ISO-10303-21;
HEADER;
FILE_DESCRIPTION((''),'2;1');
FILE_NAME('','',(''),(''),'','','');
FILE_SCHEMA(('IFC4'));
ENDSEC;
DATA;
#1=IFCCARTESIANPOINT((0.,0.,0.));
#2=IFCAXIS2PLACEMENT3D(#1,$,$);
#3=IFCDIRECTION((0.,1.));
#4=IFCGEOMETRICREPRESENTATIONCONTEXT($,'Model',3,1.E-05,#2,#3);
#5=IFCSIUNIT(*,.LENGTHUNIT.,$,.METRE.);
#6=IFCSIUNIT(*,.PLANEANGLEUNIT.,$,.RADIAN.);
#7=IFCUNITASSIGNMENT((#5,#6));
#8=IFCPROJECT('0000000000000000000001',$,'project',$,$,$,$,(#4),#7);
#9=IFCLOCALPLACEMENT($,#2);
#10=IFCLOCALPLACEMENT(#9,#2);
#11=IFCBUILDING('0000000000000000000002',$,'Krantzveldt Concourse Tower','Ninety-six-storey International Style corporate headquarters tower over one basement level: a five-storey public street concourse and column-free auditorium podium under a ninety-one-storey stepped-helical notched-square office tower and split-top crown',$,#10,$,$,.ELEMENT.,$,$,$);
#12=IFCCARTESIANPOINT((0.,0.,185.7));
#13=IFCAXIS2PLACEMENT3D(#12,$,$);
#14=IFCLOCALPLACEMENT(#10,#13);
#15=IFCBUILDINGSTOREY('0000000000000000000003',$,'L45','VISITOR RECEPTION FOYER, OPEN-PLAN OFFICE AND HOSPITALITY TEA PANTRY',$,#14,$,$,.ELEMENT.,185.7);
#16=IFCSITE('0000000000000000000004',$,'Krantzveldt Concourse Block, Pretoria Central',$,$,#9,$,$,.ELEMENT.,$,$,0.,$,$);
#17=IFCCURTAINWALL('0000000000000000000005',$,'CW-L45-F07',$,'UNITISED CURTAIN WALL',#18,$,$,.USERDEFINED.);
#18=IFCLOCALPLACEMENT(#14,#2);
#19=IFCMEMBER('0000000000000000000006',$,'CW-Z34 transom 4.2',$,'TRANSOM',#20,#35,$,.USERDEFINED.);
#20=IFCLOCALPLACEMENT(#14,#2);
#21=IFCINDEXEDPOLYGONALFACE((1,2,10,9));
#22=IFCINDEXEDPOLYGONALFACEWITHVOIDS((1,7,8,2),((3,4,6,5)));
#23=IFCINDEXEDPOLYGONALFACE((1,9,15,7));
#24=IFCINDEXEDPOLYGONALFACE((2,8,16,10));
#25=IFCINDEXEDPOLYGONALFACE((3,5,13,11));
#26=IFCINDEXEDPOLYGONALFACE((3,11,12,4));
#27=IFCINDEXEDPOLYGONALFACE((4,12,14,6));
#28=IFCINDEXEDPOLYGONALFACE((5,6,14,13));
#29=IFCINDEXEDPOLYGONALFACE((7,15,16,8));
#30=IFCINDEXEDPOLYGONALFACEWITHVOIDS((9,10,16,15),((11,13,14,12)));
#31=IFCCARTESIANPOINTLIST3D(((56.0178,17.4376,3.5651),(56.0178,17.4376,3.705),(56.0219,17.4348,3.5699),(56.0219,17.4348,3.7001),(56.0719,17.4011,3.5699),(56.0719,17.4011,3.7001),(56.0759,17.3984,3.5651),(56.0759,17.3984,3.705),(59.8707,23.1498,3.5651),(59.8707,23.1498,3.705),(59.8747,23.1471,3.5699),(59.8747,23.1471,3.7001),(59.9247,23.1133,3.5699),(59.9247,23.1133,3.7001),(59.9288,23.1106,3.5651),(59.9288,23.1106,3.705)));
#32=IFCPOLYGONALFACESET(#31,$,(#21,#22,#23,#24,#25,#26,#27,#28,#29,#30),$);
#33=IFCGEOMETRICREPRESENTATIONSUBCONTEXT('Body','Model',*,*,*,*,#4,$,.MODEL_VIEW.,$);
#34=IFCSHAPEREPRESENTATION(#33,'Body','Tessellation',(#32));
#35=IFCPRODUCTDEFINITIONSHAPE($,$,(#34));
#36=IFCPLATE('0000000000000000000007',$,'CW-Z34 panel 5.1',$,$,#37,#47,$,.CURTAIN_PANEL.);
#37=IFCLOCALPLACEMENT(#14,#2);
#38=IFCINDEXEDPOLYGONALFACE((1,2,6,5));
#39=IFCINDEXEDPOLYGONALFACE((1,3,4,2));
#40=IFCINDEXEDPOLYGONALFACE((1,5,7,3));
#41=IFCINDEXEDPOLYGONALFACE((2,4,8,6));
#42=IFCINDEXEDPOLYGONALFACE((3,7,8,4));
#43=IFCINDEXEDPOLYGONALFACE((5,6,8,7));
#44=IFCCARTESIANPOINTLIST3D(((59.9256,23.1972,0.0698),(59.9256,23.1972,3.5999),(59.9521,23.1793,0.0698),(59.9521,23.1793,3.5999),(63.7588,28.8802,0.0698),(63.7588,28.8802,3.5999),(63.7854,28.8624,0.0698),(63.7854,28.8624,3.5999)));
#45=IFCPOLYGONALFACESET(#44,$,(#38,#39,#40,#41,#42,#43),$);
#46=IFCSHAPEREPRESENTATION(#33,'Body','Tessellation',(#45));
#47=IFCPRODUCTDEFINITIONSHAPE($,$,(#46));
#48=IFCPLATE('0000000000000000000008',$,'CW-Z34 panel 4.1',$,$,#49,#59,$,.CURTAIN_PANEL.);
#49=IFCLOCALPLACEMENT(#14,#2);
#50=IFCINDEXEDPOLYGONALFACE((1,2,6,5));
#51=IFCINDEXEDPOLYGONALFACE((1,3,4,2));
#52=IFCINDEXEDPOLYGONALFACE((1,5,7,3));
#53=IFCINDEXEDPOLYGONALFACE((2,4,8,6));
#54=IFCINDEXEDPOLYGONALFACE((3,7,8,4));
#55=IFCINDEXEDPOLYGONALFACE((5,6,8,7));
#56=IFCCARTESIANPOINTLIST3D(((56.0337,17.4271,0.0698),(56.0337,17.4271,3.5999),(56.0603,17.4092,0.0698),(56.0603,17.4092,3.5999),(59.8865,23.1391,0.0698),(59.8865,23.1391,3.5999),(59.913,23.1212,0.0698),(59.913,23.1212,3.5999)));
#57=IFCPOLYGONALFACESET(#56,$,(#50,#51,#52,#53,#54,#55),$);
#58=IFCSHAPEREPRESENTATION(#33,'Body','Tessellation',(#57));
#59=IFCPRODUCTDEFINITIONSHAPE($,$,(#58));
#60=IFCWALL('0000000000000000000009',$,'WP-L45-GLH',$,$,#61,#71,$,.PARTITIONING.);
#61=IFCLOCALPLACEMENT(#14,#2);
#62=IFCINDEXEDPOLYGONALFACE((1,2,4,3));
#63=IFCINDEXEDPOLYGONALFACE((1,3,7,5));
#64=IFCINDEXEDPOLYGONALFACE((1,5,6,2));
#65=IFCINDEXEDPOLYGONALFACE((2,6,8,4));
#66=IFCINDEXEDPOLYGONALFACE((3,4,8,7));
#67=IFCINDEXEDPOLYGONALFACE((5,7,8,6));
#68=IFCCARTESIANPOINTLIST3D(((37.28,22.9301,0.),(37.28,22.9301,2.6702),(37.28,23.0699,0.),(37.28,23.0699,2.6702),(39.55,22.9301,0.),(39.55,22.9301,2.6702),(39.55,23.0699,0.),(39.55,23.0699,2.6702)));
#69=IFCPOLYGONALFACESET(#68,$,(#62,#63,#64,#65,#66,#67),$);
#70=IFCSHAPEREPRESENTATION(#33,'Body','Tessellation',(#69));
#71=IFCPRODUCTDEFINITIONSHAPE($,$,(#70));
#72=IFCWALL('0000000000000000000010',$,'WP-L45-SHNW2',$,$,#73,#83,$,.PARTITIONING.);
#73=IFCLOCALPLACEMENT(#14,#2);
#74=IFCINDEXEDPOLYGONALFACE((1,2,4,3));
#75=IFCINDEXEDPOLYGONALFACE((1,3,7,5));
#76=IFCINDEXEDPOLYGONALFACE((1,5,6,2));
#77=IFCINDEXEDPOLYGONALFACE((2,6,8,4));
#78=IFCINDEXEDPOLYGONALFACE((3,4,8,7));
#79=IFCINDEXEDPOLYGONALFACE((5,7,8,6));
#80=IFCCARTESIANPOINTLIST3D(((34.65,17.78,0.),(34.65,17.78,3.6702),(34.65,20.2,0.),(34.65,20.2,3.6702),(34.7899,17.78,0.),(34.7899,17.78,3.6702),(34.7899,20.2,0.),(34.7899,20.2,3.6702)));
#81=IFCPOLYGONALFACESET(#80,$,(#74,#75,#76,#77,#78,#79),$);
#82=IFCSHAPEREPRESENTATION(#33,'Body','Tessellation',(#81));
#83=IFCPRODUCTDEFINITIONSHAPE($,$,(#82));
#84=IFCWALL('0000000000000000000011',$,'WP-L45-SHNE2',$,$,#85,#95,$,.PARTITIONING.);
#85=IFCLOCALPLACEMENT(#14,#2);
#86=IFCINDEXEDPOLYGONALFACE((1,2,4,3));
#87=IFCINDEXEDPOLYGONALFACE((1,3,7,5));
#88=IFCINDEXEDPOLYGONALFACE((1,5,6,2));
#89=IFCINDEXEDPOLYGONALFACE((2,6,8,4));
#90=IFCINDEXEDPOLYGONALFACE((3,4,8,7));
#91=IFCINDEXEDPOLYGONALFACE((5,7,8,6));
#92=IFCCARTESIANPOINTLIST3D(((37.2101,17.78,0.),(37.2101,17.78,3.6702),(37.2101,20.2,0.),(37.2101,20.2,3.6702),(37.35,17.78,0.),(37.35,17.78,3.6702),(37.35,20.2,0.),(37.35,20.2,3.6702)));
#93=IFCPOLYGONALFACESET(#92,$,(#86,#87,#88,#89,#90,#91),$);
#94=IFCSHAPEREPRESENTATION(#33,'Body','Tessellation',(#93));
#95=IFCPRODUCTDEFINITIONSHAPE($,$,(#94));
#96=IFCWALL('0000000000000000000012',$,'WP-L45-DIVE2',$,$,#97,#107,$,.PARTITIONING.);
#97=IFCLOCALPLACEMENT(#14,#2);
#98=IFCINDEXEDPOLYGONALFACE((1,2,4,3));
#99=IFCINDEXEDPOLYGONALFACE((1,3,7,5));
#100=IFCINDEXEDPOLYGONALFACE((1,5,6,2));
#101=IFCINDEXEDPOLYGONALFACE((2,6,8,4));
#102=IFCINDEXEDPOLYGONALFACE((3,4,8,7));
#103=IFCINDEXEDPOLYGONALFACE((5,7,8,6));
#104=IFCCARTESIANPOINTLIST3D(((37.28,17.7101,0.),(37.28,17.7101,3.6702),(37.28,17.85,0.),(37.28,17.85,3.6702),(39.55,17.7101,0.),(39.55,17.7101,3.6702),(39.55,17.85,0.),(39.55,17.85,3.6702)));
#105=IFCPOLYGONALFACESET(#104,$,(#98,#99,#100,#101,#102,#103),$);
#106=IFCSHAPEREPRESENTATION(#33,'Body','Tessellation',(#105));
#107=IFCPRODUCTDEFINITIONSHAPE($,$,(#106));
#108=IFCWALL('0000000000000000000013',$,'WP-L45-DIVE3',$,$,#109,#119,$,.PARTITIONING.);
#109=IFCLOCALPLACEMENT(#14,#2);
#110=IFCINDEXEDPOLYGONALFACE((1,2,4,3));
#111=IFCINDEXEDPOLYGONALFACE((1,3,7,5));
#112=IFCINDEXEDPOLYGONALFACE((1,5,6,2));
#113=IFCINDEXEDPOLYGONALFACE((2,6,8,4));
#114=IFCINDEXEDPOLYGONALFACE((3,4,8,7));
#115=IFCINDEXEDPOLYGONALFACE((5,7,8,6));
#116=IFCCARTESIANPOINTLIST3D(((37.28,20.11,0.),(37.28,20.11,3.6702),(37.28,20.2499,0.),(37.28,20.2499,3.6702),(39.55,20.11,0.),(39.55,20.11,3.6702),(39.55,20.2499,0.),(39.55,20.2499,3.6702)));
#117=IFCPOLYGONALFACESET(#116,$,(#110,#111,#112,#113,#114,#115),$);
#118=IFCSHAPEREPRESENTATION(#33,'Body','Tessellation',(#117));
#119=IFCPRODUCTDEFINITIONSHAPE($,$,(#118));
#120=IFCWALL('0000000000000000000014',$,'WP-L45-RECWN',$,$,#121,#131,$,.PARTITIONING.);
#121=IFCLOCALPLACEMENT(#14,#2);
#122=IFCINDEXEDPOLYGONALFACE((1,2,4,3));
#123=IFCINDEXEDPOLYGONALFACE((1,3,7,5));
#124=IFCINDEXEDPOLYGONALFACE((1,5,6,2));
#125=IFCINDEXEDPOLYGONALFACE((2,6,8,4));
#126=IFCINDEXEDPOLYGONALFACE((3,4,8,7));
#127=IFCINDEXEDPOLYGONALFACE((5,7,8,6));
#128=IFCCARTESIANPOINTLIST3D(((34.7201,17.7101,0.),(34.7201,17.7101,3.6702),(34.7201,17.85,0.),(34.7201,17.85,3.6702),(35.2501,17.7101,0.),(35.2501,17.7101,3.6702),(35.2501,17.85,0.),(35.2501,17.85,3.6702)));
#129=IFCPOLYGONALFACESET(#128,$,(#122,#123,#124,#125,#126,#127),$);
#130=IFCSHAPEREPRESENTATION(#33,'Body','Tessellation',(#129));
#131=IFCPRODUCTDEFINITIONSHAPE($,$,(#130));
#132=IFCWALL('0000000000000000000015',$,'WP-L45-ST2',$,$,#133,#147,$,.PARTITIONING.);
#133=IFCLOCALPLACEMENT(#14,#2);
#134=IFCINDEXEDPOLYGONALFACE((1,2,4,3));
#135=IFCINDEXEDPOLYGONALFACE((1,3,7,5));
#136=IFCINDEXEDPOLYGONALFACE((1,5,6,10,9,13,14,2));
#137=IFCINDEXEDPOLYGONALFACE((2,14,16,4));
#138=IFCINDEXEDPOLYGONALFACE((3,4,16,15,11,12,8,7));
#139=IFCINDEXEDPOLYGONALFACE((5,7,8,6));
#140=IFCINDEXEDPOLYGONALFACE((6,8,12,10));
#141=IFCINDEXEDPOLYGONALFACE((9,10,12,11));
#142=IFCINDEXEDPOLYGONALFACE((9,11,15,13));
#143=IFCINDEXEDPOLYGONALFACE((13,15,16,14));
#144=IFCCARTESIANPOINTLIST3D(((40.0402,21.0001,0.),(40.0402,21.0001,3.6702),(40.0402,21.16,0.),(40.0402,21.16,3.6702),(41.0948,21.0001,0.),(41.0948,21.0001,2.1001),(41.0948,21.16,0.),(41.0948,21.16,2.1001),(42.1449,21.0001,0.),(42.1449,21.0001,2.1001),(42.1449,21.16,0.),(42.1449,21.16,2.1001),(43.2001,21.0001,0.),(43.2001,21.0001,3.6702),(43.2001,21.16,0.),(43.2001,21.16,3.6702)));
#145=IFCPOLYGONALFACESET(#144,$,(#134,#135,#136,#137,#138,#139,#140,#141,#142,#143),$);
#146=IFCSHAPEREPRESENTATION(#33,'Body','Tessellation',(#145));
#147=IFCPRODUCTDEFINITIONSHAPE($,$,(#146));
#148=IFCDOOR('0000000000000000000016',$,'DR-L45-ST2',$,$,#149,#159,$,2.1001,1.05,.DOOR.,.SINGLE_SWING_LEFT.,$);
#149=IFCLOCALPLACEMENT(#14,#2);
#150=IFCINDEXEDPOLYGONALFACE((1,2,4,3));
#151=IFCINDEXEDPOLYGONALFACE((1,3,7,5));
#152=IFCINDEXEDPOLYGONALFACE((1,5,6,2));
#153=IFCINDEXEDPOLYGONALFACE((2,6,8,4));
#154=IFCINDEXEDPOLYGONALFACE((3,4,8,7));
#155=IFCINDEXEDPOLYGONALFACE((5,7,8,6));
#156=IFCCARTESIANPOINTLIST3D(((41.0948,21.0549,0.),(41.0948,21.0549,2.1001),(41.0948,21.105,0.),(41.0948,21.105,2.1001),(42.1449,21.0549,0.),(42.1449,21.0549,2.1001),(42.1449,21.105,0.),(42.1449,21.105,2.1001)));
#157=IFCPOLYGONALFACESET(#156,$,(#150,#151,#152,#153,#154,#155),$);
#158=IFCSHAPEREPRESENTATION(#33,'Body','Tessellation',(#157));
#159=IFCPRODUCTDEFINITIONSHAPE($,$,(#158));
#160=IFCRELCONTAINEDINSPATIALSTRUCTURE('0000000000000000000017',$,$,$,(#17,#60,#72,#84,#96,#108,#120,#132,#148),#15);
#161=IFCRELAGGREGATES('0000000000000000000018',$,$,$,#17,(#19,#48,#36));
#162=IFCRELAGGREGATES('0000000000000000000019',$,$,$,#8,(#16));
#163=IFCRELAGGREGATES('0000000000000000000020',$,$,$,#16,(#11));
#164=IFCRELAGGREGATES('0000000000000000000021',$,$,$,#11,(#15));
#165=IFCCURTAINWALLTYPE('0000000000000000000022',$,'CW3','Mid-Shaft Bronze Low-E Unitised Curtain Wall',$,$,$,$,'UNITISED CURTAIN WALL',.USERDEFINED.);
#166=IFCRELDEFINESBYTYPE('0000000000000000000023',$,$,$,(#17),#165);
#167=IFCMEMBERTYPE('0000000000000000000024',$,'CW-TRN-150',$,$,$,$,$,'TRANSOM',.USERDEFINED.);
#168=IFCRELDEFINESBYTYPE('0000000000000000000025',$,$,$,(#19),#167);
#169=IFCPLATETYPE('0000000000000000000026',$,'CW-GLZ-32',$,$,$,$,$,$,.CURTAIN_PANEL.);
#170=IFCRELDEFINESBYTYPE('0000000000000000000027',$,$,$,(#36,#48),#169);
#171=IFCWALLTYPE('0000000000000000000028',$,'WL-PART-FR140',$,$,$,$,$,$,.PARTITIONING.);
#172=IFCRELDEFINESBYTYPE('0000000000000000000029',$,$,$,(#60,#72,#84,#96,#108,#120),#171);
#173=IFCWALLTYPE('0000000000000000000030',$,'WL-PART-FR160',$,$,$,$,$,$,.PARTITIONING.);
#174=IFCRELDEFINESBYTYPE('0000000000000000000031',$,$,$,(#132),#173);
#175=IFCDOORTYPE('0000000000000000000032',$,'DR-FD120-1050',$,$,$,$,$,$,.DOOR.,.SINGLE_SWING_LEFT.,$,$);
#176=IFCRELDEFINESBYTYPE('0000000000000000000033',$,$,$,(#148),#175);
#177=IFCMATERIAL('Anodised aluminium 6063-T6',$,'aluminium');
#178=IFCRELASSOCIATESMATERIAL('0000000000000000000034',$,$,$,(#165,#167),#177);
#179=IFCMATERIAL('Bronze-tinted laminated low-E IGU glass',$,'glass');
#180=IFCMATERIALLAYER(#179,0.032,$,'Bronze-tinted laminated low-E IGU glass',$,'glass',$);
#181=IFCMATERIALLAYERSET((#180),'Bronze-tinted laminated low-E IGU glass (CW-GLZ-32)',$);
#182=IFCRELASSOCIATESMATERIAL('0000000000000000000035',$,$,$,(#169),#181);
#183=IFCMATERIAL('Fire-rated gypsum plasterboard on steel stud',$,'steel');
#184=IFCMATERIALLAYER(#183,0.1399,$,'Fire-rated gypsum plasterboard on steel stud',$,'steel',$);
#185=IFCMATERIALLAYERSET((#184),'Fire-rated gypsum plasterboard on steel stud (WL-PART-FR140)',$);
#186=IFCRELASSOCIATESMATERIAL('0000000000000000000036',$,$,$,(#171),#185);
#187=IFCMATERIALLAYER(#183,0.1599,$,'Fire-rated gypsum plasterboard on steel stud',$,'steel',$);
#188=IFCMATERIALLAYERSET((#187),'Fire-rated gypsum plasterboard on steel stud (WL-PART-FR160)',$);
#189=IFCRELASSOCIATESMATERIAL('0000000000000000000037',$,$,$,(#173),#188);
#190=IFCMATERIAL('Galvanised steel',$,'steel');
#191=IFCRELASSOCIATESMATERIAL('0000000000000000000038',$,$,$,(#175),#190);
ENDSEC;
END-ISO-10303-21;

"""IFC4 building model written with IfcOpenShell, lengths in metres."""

from ifc_helpers import new_model, si_unit, direction, frame, frame_2d, origin, origin_2d, place, context, subcontext, project, spatial, rectangle, hollow_rectangle, extrude, source, transform, mapped, material, layer, layer_set, material_profile, profile_set, type_object, type_shapes, element, fill, aggregate, save


model = new_model("IFC4")

# Units and contexts
model_context = context("Model", 3, precision=1e-05, world=origin(), true_north=direction((0.0, 1.0)))
body_context = subcontext(model_context, "Body", "Model", "MODEL_VIEW")
ifc_project = project(units=[si_unit("LENGTHUNIT", "METRE"), si_unit("PLANEANGLEUNIT", "RADIAN")], contexts=[model_context])

# Site, building, storey
site_placement = place(None, origin())
site = spatial("IfcSite", under=ifc_project, at=site_placement, Name="Krantzveldt Concourse Block, Pretoria Central", CompositionType="ELEMENT", RefElevation=0.0)
building_placement = place(site_placement, origin())
building = spatial("IfcBuilding", under=site, at=building_placement, Name="Krantzveldt Concourse Tower", Description="Ninety-six-storey International Style corporate headquarters tower over one basement level: a five-storey public street concourse and column-free auditorium podium under a ninety-one-storey stepped-helical notched-square office tower and split-top crown", CompositionType="ELEMENT")
storey_placement = place(building_placement, frame((0.0, 0.0, 185.7)))
storey = spatial("IfcBuildingStorey", under=building, at=storey_placement, Name="L45", Description="VISITOR RECEPTION FOYER, OPEN-PLAN OFFICE AND HOSPITALITY TEA PANTRY", CompositionType="ELEMENT", Elevation=185.7)

# Curtain wall, member, plates
ifc_material_1 = material(Name="Anodised aluminium 6063-T6", Category="aluminium")
curtain_wall_type = type_object("IfcCurtainWallType", Name="CW3", Description="Mid-Shaft Bronze Low-E Unitised Curtain Wall", ElementType="UNITISED CURTAIN WALL", PredefinedType="USERDEFINED", material=ifc_material_1)
curtain_wall_placement = place(storey_placement, origin())
curtain_wall = element("IfcCurtainWall", 1, at=curtain_wall_placement, inside=storey, type_object=curtain_wall_type, Name="CW-L45-F07", ObjectType="UNITISED CURTAIN WALL", PredefinedType="USERDEFINED")
ifc_material_profile_1 = material_profile(ifc_material_1, hollow_rectangle(XDim=0.0701, YDim=0.1399, WallThickness=0.0049, at=origin_2d()), Name="Anodised aluminium 6063-T6", Category="aluminium")
ifc_profile_set_1 = profile_set([ifc_material_profile_1], Name="Anodised aluminium 6063-T6 - ALU-TRAN 140x70x5")
member_type_1 = type_object("IfcMemberType", Name="CW-TRN-150", ElementType="TRANSOM", PredefinedType="USERDEFINED", material=ifc_profile_set_1)
shared_shape_1 = source(origin(), body_context, "Body", "SweptSolid", [
    extrude(hollow_rectangle(XDim=0.0701, YDim=0.1399, WallThickness=0.0049, at=origin_2d()), origin(), (0.0, 0.0, 1.0), 6.8901),
])
member_1_placement = place(storey_placement, frame((56.0469, 17.418, 3.635), z_axis=(0.559181, 0.829045, 0.0), x_axis=(-0.829045, 0.559181, 0.0)))
member_1 = element("IfcMember", 2, at=member_1_placement, type_object=member_type_1, Name="CW-Z34 transom 4.2", ObjectType="TRANSOM", PredefinedType="USERDEFINED", context=body_context, shape_type="MappedRepresentation", body=[
    mapped(shared_shape_1, transform((0.0, 0.0, 0.0), x_axis=(1.0, 0.0, 0.0), y_axis=(0.0, 1.0, 0.0), z_axis=(0.0, 0.0, 1.0), scale=1.0)),
])
ifc_material_2 = material(Name="Bronze-tinted laminated low-E IGU glass", Category="glass")
ifc_layer_1 = layer(ifc_material_2, 0.032, Name="Bronze-tinted laminated low-E IGU glass", Category="glass")
ifc_layer_set_1 = layer_set([ifc_layer_1], Name="Bronze-tinted laminated low-E IGU glass (CW-GLZ-32)")
plate_type = type_object("IfcPlateType", Name="CW-GLZ-32", PredefinedType="CURTAIN_PANEL", material=ifc_layer_set_1)
shared_shape_2 = source(origin(), body_context, "Body", "SweptSolid", [
    extrude(rectangle(XDim=6.855, YDim=0.032, at=origin_2d()), origin(), (0.0, 0.0, 1.0), 3.53),
])
plate_1_placement = place(storey_placement, frame((61.8555, 26.0298, 0.0698), z_axis=(0.0, 0.0, 1.0), x_axis=(0.559193, 0.829038, 0.0)))
plate_1 = element("IfcPlate", 3, at=plate_1_placement, type_object=plate_type, Name="CW-Z34 panel 5.1", PredefinedType="CURTAIN_PANEL", context=body_context, shape_type="MappedRepresentation", body=[
    mapped(shared_shape_2, transform((0.0, 0.0, 0.0), x_axis=(1.0, 0.0, 0.0), y_axis=(0.0, 1.0, 0.0), z_axis=(0.0, 0.0, 1.0), scale=1.0)),
])
shared_shape_3 = source(origin(), body_context, "Body", "SweptSolid", [
    extrude(rectangle(XDim=6.8899, YDim=0.032, at=origin_2d()), origin(), (0.0, 0.0, 1.0), 3.53),
])
type_shapes(plate_type, [shared_shape_2, shared_shape_3])
plate_2_placement = place(storey_placement, frame((57.9734, 20.2742, 0.0698), z_axis=(0.0, 0.0, 1.0), x_axis=(0.559193, 0.829038, 0.0)))
plate_2 = element("IfcPlate", 4, at=plate_2_placement, type_object=plate_type, Name="CW-Z34 panel 4.1", PredefinedType="CURTAIN_PANEL", context=body_context, shape_type="MappedRepresentation", body=[
    mapped(shared_shape_3, transform((0.0, 0.0, 0.0), x_axis=(1.0, 0.0, 0.0), y_axis=(0.0, 1.0, 0.0), z_axis=(0.0, 0.0, 1.0), scale=1.0)),
])
aggregate(curtain_wall, [member_1, plate_2, plate_1])

# Shared definitions
ifc_material_3 = material(Name="Fire-rated gypsum plasterboard on steel stud", Category="steel")
ifc_layer_2 = layer(ifc_material_3, 0.1399, Name="Fire-rated gypsum plasterboard on steel stud", Category="steel")
ifc_layer_set_2 = layer_set([ifc_layer_2], Name="Fire-rated gypsum plasterboard on steel stud (WL-PART-FR140)")
wall_type_1 = type_object("IfcWallType", Name="WL-PART-FR140", PredefinedType="PARTITIONING", material=ifc_layer_set_2)

# Walls
wall_1_placement = place(storey_placement, frame((37.28, 23.0, 0.0), z_axis=(0.0, 0.0, 1.0), x_axis=(1.0, 0.0, 0.0)))
element("IfcWall", 5, at=wall_1_placement, inside=storey, type_object=wall_type_1, Name="WP-L45-GLH", PredefinedType="PARTITIONING", context=body_context, shape_type="SweptSolid", body=[
    extrude(rectangle(XDim=2.27, YDim=0.1399, at=frame_2d((1.135, 0.0))), origin(), (0.0, 0.0, 1.0), 2.6702),
])
for number, where, z_axis, x_axis, name in (
    (6, (34.72, 17.78, 0.0), (0.0, 0.0, 1.0), (0.0, 1.0, 0.0), "WP-L45-SHNW2"),
    (7, (37.28, 17.78, 0.0), (0.0, 0.0, 1.0), (0.0, 1.0, 0.0), "WP-L45-SHNE2"),
):
    element("IfcWall", number, at=place(storey_placement, frame(where, z_axis=z_axis, x_axis=x_axis)), inside=storey, type_object=wall_type_1, Name=name, PredefinedType="PARTITIONING", context=body_context, shape_type="SweptSolid", body=[
        extrude(rectangle(XDim=2.4199, YDim=0.1399, at=frame_2d((1.21, 0.0))), origin(), (0.0, 0.0, 1.0), 3.6702),
    ])
for number, where, z_axis, x_axis, name in (
    (8, (37.28, 17.78, 0.0), (0.0, 0.0, 1.0), (1.0, 0.0, 0.0), "WP-L45-DIVE2"),
    (9, (37.28, 20.1799, 0.0), (0.0, 0.0, 1.0), (1.0, 0.0, 0.0), "WP-L45-DIVE3"),
):
    element("IfcWall", number, at=place(storey_placement, frame(where, z_axis=z_axis, x_axis=x_axis)), inside=storey, type_object=wall_type_1, Name=name, PredefinedType="PARTITIONING", context=body_context, shape_type="SweptSolid", body=[
        extrude(rectangle(XDim=2.27, YDim=0.1399, at=frame_2d((1.135, 0.0))), origin(), (0.0, 0.0, 1.0), 3.6702),
    ])
wall_2_placement = place(storey_placement, frame((34.72, 17.78, 0.0), z_axis=(0.0, 0.0, 1.0), x_axis=(1.0, 0.0, 0.0)))
element("IfcWall", 10, at=wall_2_placement, inside=storey, type_object=wall_type_1, Name="WP-L45-RECWN", PredefinedType="PARTITIONING", context=body_context, shape_type="SweptSolid", body=[
    extrude(rectangle(XDim=0.53, YDim=0.1399, at=frame_2d((0.2651, 0.0))), origin(), (0.0, 0.0, 1.0), 3.6702),
])

# Wall, opening, door
ifc_layer_3 = layer(ifc_material_3, 0.1599, Name="Fire-rated gypsum plasterboard on steel stud", Category="steel")
ifc_layer_set_3 = layer_set([ifc_layer_3], Name="Fire-rated gypsum plasterboard on steel stud (WL-PART-FR160)")
wall_type_2 = type_object("IfcWallType", Name="WL-PART-FR160", PredefinedType="PARTITIONING", material=ifc_layer_set_3)
wall_3_placement = place(storey_placement, frame((40.04, 21.0801, 0.0), z_axis=(0.0, 0.0, 1.0), x_axis=(1.0, 0.0, 0.0)))
wall_3 = element("IfcWall", 11, at=wall_3_placement, inside=storey, type_object=wall_type_2, Name="WP-L45-ST2", PredefinedType="PARTITIONING", context=body_context, shape_type="SweptSolid", body=[
    extrude(rectangle(XDim=3.1599, YDim=0.1599, at=frame_2d((1.5801, 0.0))), origin(), (0.0, 0.0, 1.0), 3.6702),
])
opening_1_placement = place(wall_3_placement, frame((1.0549, 0.0, 0.0)))
opening_1 = element("IfcOpeningElement", 12, at=opening_1_placement, cuts=wall_3, PredefinedType="OPENING", context=body_context, shape_type="SweptSolid", body=[
    extrude(rectangle(XDim=1.05, YDim=2.1001, at=frame_2d((0.5249, 1.05))), frame((0.0, 0.0898, 0.0), z_axis=(0.0, -1.0, 0.0), x_axis=(1.0, 0.0, 0.0)), (0.0, 0.0, 1.0), 0.1799),
])
ifc_material_4 = material(Name="Galvanised steel", Category="steel")
door_type_1 = type_object("IfcDoorType", Name="DR-FD120-1050", OperationType="SINGLE_SWING_LEFT", PredefinedType="DOOR", material=ifc_material_4)
door_1_placement = place(opening_1_placement, origin())
door_1 = element("IfcDoor", 13, at=door_1_placement, inside=storey, type_object=door_type_1, Name="DR-L45-ST2", OperationType="SINGLE_SWING_LEFT", OverallHeight=2.1001, OverallWidth=1.05, PredefinedType="DOOR", context=body_context, shape_type="SweptSolid", body=[
    extrude(rectangle(XDim=1.05, YDim=2.1001, at=frame_2d((0.5249, 1.05))), frame((0.0, 0.0249, 0.0), z_axis=(0.0, -1.0, 0.0), x_axis=(1.0, 0.0, 0.0)), (0.0, 0.0, 1.0), 0.05),
])
fill(opening_1, door_1)

save(model, "model.ifc")
